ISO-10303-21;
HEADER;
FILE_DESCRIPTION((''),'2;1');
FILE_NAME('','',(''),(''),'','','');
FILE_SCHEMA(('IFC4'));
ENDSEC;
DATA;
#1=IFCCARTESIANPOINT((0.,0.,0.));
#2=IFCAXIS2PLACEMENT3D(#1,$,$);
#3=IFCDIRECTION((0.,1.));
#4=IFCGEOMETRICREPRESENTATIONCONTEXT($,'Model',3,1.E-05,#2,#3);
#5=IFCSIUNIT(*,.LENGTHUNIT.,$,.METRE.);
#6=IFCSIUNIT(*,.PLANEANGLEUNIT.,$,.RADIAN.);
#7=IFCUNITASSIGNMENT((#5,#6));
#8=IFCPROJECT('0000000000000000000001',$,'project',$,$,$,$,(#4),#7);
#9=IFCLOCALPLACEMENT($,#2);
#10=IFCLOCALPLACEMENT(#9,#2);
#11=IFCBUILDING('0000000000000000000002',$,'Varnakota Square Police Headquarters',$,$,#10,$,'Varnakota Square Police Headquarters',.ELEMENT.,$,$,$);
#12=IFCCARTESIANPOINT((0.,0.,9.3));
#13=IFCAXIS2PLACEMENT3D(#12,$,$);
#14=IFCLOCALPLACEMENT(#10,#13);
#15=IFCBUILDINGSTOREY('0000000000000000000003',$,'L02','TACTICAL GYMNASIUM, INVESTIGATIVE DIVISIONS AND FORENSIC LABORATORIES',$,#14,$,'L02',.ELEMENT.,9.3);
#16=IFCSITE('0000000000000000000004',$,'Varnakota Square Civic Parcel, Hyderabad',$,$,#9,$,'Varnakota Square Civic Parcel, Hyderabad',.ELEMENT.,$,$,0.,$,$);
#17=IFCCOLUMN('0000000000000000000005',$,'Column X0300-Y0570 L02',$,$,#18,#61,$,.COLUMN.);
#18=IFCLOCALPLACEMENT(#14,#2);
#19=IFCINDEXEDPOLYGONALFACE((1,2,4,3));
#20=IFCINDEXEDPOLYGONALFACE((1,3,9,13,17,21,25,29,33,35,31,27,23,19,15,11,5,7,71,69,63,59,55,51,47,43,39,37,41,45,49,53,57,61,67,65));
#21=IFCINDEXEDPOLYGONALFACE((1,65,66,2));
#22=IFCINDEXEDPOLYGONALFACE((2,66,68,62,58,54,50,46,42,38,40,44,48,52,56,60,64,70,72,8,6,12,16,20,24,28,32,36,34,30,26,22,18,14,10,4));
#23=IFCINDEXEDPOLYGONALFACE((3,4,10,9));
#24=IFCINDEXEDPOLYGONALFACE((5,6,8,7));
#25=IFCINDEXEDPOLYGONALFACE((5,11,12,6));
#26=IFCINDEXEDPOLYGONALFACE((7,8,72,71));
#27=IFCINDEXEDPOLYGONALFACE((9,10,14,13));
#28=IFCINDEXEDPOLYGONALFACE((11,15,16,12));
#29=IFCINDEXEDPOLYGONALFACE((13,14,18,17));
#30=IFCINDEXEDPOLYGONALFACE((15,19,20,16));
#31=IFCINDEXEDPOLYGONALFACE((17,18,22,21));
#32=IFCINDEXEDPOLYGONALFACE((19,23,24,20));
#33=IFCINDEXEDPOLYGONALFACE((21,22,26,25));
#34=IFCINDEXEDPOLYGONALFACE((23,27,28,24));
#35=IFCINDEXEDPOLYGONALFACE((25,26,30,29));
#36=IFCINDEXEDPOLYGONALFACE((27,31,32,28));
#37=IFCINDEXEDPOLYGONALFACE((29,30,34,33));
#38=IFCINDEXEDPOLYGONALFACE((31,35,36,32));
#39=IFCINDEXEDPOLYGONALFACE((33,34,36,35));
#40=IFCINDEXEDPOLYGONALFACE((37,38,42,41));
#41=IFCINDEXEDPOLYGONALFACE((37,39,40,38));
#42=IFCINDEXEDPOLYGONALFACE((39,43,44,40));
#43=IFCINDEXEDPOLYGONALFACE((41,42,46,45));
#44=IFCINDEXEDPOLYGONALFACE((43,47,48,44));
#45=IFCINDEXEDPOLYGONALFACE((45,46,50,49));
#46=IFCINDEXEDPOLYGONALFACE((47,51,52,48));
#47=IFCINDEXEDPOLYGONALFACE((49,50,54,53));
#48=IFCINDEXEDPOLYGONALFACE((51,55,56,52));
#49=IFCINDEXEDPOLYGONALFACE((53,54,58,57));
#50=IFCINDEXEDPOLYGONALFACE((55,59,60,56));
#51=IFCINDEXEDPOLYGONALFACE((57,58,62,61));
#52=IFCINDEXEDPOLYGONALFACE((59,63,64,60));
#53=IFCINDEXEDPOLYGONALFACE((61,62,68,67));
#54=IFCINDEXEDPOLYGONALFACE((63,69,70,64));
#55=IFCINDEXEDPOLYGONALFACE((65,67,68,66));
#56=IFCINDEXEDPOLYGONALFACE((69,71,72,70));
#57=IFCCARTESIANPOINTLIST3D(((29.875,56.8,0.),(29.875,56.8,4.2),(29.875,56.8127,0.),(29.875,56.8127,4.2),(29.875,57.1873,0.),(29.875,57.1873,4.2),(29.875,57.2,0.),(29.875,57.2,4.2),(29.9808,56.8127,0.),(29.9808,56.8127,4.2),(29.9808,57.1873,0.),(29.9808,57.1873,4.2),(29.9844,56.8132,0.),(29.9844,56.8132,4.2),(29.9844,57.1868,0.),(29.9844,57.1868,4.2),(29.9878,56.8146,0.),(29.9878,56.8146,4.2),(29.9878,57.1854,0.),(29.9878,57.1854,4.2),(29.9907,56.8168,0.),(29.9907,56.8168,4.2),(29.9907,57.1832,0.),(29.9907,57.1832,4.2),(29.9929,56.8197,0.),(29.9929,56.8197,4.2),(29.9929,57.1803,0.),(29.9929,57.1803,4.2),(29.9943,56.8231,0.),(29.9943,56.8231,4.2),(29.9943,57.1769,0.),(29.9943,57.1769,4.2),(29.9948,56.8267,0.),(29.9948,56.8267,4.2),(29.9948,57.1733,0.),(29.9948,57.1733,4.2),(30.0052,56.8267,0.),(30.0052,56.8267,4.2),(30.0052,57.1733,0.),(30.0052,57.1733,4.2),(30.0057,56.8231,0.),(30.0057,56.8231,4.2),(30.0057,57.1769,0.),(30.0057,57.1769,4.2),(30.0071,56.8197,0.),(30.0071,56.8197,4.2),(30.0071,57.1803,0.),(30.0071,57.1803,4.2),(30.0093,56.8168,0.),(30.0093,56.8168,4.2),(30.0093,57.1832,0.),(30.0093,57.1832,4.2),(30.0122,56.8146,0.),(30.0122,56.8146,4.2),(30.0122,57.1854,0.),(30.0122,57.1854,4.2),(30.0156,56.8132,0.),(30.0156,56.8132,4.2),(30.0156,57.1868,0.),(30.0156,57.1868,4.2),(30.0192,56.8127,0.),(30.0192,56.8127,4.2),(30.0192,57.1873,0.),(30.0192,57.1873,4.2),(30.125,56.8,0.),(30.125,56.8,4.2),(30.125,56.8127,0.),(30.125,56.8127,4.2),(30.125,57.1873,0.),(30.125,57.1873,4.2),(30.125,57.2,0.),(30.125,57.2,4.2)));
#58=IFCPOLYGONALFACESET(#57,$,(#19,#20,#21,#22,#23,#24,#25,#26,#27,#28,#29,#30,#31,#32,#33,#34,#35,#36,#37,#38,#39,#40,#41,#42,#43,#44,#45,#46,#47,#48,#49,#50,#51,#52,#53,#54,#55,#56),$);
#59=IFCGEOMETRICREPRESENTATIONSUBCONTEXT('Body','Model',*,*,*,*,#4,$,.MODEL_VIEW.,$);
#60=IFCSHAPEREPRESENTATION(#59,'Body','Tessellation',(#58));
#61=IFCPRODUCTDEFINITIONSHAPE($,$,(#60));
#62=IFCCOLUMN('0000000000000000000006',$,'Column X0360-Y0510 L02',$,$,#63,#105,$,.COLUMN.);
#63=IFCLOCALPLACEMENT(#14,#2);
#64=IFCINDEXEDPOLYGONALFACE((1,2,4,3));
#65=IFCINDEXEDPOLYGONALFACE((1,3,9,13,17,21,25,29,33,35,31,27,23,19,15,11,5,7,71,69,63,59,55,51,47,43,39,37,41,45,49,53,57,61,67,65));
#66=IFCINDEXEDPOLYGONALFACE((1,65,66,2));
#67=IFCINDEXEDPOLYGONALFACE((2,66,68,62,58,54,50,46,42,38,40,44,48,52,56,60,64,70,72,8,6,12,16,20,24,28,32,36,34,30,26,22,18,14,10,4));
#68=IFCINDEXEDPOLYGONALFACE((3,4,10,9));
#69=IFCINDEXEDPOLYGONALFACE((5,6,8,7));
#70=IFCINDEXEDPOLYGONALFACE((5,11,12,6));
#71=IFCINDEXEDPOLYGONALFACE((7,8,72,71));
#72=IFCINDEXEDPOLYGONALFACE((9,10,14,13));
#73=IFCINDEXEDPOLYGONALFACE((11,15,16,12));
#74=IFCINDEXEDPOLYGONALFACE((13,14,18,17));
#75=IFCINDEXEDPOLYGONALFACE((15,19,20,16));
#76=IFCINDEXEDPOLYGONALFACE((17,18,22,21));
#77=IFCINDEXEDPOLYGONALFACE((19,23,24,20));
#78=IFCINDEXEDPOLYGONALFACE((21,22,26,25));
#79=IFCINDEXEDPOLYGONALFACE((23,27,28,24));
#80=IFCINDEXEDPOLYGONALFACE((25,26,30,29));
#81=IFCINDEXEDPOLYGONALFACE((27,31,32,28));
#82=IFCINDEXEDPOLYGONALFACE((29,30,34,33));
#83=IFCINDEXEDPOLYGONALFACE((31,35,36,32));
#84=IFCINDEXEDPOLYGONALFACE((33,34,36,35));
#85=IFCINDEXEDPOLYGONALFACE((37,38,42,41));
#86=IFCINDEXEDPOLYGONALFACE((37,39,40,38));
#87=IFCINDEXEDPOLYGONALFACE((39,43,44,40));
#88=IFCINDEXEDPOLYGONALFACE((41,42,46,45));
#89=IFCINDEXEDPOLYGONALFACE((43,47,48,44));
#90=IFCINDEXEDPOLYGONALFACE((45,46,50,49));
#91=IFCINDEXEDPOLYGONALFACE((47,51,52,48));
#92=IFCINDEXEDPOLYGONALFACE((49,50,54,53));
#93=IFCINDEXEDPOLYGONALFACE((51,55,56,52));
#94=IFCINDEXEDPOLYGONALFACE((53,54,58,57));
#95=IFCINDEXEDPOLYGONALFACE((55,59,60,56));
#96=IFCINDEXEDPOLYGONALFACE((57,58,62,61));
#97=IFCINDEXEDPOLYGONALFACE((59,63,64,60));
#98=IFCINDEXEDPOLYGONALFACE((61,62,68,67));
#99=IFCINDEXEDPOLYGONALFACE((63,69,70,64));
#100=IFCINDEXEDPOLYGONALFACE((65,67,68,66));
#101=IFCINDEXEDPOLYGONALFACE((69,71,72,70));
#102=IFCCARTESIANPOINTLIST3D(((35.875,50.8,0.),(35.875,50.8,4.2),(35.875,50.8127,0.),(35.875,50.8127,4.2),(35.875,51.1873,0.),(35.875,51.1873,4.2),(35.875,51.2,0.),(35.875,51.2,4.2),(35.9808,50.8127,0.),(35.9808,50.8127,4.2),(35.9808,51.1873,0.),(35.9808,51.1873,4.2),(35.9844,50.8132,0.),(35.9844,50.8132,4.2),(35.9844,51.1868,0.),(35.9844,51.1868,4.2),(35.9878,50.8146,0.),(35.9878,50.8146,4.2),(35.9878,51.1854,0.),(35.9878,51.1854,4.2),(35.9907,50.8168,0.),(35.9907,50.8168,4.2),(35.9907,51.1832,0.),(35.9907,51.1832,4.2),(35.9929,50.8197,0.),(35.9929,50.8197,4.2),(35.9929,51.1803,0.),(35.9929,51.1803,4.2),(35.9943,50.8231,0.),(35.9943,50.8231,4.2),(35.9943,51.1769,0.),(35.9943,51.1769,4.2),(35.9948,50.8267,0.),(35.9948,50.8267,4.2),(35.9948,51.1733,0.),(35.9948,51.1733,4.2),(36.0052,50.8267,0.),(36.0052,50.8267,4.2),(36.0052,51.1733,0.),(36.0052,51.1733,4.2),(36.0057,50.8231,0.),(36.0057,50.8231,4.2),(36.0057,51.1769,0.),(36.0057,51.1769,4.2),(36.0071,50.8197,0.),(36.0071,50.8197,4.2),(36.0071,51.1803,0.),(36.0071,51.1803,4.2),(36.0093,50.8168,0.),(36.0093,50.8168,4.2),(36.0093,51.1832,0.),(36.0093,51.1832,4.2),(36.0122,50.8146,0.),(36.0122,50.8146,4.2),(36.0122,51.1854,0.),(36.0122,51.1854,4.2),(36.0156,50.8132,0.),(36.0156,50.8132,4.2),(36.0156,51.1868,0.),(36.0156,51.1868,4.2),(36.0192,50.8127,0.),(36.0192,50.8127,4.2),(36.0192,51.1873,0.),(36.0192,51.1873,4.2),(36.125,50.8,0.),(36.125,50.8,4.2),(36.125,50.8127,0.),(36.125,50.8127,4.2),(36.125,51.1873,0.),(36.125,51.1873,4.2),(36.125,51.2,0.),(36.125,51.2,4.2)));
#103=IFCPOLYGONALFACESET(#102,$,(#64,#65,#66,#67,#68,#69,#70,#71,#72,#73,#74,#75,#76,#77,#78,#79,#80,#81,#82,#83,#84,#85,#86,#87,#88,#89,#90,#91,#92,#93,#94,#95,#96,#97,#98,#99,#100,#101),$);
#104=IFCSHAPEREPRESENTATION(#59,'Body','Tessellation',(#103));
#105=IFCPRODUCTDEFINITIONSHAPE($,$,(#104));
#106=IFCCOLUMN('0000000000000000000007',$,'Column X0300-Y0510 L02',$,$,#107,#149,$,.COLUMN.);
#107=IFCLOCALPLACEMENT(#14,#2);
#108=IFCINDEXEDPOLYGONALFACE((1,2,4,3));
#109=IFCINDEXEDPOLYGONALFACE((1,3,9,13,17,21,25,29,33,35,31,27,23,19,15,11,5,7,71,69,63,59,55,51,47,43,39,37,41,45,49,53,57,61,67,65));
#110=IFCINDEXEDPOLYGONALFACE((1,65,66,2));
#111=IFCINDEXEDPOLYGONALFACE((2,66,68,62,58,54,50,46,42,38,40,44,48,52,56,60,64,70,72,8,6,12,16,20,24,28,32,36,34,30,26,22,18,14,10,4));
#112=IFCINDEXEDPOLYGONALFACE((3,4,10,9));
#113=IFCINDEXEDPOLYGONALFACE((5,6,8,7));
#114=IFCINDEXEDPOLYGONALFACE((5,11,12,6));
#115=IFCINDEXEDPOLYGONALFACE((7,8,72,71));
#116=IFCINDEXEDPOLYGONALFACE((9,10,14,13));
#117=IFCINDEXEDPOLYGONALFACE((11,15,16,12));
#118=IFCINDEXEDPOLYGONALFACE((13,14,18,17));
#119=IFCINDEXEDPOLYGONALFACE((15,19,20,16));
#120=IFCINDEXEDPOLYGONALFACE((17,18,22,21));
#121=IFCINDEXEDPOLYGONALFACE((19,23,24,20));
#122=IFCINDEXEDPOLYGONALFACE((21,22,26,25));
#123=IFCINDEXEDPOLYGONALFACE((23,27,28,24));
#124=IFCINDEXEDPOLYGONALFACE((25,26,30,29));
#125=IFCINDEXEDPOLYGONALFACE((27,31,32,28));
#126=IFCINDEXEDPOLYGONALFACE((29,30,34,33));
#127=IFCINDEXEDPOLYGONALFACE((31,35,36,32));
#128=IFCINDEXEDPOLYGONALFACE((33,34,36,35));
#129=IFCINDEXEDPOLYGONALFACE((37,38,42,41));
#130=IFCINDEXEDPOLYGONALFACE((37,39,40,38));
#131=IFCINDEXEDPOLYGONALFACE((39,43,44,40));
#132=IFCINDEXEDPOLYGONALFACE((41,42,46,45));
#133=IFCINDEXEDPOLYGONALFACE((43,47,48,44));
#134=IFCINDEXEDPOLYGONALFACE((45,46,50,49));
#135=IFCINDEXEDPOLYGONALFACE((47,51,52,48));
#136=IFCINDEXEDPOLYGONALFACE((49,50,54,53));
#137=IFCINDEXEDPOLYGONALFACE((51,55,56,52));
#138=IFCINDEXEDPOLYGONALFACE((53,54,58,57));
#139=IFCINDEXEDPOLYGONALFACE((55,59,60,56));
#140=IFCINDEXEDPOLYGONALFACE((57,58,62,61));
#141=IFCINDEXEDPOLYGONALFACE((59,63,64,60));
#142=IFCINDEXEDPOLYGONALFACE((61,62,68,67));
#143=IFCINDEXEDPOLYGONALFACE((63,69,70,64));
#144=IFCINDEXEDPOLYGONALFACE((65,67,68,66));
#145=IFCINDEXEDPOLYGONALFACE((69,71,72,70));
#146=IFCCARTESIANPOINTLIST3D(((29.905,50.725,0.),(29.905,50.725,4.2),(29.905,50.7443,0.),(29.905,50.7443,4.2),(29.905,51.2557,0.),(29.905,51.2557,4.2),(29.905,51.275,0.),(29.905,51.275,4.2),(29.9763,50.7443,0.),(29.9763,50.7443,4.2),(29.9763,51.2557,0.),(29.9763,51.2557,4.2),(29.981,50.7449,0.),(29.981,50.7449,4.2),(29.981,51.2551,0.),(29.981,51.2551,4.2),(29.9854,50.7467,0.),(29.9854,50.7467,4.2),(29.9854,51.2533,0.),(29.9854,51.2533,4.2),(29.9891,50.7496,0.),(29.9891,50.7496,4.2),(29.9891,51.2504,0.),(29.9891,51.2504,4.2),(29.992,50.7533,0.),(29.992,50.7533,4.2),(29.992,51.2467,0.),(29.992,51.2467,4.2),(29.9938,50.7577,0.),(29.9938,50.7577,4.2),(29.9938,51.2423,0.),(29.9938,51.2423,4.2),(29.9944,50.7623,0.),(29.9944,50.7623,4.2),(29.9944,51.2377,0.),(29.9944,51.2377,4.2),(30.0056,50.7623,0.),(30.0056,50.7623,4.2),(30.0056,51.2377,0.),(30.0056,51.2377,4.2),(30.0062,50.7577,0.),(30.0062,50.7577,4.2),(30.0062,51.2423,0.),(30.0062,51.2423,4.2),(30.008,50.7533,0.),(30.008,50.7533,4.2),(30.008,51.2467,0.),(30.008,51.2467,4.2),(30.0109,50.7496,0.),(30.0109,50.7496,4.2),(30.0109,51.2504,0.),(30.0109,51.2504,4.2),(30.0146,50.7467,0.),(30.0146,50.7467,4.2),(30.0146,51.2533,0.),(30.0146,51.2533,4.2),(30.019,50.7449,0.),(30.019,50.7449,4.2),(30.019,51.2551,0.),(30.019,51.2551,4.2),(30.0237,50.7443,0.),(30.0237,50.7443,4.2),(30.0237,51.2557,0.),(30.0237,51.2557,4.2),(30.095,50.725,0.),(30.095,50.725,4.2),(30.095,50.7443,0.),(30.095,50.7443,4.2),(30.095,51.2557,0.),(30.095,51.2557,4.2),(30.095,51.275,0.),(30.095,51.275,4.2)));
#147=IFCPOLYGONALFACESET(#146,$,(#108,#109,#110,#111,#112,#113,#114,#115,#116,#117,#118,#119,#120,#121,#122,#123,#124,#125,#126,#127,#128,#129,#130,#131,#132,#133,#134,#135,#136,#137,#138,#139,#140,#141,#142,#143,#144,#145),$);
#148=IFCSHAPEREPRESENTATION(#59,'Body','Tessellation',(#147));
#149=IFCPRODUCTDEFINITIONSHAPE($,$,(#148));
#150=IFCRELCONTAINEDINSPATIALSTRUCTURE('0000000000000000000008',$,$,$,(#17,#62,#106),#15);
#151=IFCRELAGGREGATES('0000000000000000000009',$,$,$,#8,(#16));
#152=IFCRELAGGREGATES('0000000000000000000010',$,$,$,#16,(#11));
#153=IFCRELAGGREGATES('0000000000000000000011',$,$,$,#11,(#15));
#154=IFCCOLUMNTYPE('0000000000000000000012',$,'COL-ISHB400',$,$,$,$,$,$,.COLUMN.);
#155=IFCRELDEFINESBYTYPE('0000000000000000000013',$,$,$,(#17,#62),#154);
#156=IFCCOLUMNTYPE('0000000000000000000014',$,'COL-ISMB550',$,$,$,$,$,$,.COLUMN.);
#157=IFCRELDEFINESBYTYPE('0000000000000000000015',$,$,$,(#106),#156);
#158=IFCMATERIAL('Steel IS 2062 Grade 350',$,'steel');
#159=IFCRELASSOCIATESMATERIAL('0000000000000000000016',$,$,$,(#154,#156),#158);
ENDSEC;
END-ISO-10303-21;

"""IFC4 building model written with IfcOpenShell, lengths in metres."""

from ifc_helpers import new_model, si_unit, direction, frame, origin, origin_2d, place, context, subcontext, project, spatial, i_section, extrude, material, material_profile, profile_set, type_object, element, save


model = new_model("IFC4")

# Units and contexts
model_context = context("Model", 3, precision=1e-05, world=origin(), true_north=direction((0.0, 1.0)))
body_context = subcontext(model_context, "Body", "Model", "MODEL_VIEW")
ifc_project = project(units=[si_unit("LENGTHUNIT", "METRE"), si_unit("PLANEANGLEUNIT", "RADIAN")], contexts=[model_context])

# Site, building, storey
site_placement = place(None, origin())
site = spatial("IfcSite", under=ifc_project, at=site_placement, Name="Varnakota Square Civic Parcel, Hyderabad", LongName="Varnakota Square Civic Parcel, Hyderabad", CompositionType="ELEMENT", RefElevation=0.0)
building_placement = place(site_placement, origin())
building = spatial("IfcBuilding", under=site, at=building_placement, Name="Varnakota Square Police Headquarters", LongName="Varnakota Square Police Headquarters", CompositionType="ELEMENT")
storey_placement = place(building_placement, frame((0.0, 0.0, 9.3)))
storey = spatial("IfcBuildingStorey", under=building, at=storey_placement, Name="L02", Description="TACTICAL GYMNASIUM, INVESTIGATIVE DIVISIONS AND FORENSIC LABORATORIES", LongName="L02", CompositionType="ELEMENT", Elevation=9.3)

# Columns
ifc_material_1 = material(Name="Steel IS 2062 Grade 350", Category="steel")
ifc_material_profile_1 = material_profile(ifc_material_1, i_section(OverallWidth=0.25, OverallDepth=0.3999, WebThickness=0.0105, FlangeThickness=0.0127, FilletRadius=0.0139, at=origin_2d()), Name="ISHB 400")
ifc_profile_set_1 = profile_set([ifc_material_profile_1], Name="Steel IS 2062 Grade 350")
column_type_1 = type_object("IfcColumnType", Name="COL-ISHB400", PredefinedType="COLUMN", material=ifc_profile_set_1)
for number, where, z_axis, x_axis, name in (
    (1, (30.0, 57.0, 0.0), (0.0, 0.0, 1.0), (1.0, 0.0, 0.0), "Column X0300-Y0570 L02"),
    (2, (36.0, 51.0, 0.0), (0.0, 0.0, 1.0), (1.0, 0.0, 0.0), "Column X0360-Y0510 L02"),
):
    element("IfcColumn", number, at=place(storey_placement, frame(where, z_axis=z_axis, x_axis=x_axis)), inside=storey, type_object=column_type_1, Name=name, PredefinedType="COLUMN", context=body_context, shape_type="SweptSolid", body=[
        extrude(i_section(OverallWidth=0.25, OverallDepth=0.3999, WebThickness=0.0105, FlangeThickness=0.0127, FilletRadius=0.0139, at=origin_2d()), origin(), (0.0, 0.0, 1.0), 4.2),
    ])
ifc_material_profile_2 = material_profile(ifc_material_1, i_section(OverallWidth=0.1899, OverallDepth=0.55, WebThickness=0.0112, FlangeThickness=0.0193, FilletRadius=0.0181, at=origin_2d()), Name="ISMB 550")
ifc_profile_set_2 = profile_set([ifc_material_profile_2], Name="Steel IS 2062 Grade 350")
column_type_2 = type_object("IfcColumnType", Name="COL-ISMB550", PredefinedType="COLUMN", material=ifc_profile_set_2)
column_1_placement = place(storey_placement, frame((30.0, 51.0, 0.0), z_axis=(0.0, 0.0, 1.0), x_axis=(1.0, 0.0, 0.0)))
element("IfcColumn", 3, at=column_1_placement, inside=storey, type_object=column_type_2, Name="Column X0300-Y0510 L02", PredefinedType="COLUMN", context=body_context, shape_type="SweptSolid", body=[
    extrude(i_section(OverallWidth=0.1899, OverallDepth=0.55, WebThickness=0.0112, FlangeThickness=0.0193, FilletRadius=0.0181, at=origin_2d()), origin(), (0.0, 0.0, 1.0), 4.2),
])

save(model, "model.ifc")
